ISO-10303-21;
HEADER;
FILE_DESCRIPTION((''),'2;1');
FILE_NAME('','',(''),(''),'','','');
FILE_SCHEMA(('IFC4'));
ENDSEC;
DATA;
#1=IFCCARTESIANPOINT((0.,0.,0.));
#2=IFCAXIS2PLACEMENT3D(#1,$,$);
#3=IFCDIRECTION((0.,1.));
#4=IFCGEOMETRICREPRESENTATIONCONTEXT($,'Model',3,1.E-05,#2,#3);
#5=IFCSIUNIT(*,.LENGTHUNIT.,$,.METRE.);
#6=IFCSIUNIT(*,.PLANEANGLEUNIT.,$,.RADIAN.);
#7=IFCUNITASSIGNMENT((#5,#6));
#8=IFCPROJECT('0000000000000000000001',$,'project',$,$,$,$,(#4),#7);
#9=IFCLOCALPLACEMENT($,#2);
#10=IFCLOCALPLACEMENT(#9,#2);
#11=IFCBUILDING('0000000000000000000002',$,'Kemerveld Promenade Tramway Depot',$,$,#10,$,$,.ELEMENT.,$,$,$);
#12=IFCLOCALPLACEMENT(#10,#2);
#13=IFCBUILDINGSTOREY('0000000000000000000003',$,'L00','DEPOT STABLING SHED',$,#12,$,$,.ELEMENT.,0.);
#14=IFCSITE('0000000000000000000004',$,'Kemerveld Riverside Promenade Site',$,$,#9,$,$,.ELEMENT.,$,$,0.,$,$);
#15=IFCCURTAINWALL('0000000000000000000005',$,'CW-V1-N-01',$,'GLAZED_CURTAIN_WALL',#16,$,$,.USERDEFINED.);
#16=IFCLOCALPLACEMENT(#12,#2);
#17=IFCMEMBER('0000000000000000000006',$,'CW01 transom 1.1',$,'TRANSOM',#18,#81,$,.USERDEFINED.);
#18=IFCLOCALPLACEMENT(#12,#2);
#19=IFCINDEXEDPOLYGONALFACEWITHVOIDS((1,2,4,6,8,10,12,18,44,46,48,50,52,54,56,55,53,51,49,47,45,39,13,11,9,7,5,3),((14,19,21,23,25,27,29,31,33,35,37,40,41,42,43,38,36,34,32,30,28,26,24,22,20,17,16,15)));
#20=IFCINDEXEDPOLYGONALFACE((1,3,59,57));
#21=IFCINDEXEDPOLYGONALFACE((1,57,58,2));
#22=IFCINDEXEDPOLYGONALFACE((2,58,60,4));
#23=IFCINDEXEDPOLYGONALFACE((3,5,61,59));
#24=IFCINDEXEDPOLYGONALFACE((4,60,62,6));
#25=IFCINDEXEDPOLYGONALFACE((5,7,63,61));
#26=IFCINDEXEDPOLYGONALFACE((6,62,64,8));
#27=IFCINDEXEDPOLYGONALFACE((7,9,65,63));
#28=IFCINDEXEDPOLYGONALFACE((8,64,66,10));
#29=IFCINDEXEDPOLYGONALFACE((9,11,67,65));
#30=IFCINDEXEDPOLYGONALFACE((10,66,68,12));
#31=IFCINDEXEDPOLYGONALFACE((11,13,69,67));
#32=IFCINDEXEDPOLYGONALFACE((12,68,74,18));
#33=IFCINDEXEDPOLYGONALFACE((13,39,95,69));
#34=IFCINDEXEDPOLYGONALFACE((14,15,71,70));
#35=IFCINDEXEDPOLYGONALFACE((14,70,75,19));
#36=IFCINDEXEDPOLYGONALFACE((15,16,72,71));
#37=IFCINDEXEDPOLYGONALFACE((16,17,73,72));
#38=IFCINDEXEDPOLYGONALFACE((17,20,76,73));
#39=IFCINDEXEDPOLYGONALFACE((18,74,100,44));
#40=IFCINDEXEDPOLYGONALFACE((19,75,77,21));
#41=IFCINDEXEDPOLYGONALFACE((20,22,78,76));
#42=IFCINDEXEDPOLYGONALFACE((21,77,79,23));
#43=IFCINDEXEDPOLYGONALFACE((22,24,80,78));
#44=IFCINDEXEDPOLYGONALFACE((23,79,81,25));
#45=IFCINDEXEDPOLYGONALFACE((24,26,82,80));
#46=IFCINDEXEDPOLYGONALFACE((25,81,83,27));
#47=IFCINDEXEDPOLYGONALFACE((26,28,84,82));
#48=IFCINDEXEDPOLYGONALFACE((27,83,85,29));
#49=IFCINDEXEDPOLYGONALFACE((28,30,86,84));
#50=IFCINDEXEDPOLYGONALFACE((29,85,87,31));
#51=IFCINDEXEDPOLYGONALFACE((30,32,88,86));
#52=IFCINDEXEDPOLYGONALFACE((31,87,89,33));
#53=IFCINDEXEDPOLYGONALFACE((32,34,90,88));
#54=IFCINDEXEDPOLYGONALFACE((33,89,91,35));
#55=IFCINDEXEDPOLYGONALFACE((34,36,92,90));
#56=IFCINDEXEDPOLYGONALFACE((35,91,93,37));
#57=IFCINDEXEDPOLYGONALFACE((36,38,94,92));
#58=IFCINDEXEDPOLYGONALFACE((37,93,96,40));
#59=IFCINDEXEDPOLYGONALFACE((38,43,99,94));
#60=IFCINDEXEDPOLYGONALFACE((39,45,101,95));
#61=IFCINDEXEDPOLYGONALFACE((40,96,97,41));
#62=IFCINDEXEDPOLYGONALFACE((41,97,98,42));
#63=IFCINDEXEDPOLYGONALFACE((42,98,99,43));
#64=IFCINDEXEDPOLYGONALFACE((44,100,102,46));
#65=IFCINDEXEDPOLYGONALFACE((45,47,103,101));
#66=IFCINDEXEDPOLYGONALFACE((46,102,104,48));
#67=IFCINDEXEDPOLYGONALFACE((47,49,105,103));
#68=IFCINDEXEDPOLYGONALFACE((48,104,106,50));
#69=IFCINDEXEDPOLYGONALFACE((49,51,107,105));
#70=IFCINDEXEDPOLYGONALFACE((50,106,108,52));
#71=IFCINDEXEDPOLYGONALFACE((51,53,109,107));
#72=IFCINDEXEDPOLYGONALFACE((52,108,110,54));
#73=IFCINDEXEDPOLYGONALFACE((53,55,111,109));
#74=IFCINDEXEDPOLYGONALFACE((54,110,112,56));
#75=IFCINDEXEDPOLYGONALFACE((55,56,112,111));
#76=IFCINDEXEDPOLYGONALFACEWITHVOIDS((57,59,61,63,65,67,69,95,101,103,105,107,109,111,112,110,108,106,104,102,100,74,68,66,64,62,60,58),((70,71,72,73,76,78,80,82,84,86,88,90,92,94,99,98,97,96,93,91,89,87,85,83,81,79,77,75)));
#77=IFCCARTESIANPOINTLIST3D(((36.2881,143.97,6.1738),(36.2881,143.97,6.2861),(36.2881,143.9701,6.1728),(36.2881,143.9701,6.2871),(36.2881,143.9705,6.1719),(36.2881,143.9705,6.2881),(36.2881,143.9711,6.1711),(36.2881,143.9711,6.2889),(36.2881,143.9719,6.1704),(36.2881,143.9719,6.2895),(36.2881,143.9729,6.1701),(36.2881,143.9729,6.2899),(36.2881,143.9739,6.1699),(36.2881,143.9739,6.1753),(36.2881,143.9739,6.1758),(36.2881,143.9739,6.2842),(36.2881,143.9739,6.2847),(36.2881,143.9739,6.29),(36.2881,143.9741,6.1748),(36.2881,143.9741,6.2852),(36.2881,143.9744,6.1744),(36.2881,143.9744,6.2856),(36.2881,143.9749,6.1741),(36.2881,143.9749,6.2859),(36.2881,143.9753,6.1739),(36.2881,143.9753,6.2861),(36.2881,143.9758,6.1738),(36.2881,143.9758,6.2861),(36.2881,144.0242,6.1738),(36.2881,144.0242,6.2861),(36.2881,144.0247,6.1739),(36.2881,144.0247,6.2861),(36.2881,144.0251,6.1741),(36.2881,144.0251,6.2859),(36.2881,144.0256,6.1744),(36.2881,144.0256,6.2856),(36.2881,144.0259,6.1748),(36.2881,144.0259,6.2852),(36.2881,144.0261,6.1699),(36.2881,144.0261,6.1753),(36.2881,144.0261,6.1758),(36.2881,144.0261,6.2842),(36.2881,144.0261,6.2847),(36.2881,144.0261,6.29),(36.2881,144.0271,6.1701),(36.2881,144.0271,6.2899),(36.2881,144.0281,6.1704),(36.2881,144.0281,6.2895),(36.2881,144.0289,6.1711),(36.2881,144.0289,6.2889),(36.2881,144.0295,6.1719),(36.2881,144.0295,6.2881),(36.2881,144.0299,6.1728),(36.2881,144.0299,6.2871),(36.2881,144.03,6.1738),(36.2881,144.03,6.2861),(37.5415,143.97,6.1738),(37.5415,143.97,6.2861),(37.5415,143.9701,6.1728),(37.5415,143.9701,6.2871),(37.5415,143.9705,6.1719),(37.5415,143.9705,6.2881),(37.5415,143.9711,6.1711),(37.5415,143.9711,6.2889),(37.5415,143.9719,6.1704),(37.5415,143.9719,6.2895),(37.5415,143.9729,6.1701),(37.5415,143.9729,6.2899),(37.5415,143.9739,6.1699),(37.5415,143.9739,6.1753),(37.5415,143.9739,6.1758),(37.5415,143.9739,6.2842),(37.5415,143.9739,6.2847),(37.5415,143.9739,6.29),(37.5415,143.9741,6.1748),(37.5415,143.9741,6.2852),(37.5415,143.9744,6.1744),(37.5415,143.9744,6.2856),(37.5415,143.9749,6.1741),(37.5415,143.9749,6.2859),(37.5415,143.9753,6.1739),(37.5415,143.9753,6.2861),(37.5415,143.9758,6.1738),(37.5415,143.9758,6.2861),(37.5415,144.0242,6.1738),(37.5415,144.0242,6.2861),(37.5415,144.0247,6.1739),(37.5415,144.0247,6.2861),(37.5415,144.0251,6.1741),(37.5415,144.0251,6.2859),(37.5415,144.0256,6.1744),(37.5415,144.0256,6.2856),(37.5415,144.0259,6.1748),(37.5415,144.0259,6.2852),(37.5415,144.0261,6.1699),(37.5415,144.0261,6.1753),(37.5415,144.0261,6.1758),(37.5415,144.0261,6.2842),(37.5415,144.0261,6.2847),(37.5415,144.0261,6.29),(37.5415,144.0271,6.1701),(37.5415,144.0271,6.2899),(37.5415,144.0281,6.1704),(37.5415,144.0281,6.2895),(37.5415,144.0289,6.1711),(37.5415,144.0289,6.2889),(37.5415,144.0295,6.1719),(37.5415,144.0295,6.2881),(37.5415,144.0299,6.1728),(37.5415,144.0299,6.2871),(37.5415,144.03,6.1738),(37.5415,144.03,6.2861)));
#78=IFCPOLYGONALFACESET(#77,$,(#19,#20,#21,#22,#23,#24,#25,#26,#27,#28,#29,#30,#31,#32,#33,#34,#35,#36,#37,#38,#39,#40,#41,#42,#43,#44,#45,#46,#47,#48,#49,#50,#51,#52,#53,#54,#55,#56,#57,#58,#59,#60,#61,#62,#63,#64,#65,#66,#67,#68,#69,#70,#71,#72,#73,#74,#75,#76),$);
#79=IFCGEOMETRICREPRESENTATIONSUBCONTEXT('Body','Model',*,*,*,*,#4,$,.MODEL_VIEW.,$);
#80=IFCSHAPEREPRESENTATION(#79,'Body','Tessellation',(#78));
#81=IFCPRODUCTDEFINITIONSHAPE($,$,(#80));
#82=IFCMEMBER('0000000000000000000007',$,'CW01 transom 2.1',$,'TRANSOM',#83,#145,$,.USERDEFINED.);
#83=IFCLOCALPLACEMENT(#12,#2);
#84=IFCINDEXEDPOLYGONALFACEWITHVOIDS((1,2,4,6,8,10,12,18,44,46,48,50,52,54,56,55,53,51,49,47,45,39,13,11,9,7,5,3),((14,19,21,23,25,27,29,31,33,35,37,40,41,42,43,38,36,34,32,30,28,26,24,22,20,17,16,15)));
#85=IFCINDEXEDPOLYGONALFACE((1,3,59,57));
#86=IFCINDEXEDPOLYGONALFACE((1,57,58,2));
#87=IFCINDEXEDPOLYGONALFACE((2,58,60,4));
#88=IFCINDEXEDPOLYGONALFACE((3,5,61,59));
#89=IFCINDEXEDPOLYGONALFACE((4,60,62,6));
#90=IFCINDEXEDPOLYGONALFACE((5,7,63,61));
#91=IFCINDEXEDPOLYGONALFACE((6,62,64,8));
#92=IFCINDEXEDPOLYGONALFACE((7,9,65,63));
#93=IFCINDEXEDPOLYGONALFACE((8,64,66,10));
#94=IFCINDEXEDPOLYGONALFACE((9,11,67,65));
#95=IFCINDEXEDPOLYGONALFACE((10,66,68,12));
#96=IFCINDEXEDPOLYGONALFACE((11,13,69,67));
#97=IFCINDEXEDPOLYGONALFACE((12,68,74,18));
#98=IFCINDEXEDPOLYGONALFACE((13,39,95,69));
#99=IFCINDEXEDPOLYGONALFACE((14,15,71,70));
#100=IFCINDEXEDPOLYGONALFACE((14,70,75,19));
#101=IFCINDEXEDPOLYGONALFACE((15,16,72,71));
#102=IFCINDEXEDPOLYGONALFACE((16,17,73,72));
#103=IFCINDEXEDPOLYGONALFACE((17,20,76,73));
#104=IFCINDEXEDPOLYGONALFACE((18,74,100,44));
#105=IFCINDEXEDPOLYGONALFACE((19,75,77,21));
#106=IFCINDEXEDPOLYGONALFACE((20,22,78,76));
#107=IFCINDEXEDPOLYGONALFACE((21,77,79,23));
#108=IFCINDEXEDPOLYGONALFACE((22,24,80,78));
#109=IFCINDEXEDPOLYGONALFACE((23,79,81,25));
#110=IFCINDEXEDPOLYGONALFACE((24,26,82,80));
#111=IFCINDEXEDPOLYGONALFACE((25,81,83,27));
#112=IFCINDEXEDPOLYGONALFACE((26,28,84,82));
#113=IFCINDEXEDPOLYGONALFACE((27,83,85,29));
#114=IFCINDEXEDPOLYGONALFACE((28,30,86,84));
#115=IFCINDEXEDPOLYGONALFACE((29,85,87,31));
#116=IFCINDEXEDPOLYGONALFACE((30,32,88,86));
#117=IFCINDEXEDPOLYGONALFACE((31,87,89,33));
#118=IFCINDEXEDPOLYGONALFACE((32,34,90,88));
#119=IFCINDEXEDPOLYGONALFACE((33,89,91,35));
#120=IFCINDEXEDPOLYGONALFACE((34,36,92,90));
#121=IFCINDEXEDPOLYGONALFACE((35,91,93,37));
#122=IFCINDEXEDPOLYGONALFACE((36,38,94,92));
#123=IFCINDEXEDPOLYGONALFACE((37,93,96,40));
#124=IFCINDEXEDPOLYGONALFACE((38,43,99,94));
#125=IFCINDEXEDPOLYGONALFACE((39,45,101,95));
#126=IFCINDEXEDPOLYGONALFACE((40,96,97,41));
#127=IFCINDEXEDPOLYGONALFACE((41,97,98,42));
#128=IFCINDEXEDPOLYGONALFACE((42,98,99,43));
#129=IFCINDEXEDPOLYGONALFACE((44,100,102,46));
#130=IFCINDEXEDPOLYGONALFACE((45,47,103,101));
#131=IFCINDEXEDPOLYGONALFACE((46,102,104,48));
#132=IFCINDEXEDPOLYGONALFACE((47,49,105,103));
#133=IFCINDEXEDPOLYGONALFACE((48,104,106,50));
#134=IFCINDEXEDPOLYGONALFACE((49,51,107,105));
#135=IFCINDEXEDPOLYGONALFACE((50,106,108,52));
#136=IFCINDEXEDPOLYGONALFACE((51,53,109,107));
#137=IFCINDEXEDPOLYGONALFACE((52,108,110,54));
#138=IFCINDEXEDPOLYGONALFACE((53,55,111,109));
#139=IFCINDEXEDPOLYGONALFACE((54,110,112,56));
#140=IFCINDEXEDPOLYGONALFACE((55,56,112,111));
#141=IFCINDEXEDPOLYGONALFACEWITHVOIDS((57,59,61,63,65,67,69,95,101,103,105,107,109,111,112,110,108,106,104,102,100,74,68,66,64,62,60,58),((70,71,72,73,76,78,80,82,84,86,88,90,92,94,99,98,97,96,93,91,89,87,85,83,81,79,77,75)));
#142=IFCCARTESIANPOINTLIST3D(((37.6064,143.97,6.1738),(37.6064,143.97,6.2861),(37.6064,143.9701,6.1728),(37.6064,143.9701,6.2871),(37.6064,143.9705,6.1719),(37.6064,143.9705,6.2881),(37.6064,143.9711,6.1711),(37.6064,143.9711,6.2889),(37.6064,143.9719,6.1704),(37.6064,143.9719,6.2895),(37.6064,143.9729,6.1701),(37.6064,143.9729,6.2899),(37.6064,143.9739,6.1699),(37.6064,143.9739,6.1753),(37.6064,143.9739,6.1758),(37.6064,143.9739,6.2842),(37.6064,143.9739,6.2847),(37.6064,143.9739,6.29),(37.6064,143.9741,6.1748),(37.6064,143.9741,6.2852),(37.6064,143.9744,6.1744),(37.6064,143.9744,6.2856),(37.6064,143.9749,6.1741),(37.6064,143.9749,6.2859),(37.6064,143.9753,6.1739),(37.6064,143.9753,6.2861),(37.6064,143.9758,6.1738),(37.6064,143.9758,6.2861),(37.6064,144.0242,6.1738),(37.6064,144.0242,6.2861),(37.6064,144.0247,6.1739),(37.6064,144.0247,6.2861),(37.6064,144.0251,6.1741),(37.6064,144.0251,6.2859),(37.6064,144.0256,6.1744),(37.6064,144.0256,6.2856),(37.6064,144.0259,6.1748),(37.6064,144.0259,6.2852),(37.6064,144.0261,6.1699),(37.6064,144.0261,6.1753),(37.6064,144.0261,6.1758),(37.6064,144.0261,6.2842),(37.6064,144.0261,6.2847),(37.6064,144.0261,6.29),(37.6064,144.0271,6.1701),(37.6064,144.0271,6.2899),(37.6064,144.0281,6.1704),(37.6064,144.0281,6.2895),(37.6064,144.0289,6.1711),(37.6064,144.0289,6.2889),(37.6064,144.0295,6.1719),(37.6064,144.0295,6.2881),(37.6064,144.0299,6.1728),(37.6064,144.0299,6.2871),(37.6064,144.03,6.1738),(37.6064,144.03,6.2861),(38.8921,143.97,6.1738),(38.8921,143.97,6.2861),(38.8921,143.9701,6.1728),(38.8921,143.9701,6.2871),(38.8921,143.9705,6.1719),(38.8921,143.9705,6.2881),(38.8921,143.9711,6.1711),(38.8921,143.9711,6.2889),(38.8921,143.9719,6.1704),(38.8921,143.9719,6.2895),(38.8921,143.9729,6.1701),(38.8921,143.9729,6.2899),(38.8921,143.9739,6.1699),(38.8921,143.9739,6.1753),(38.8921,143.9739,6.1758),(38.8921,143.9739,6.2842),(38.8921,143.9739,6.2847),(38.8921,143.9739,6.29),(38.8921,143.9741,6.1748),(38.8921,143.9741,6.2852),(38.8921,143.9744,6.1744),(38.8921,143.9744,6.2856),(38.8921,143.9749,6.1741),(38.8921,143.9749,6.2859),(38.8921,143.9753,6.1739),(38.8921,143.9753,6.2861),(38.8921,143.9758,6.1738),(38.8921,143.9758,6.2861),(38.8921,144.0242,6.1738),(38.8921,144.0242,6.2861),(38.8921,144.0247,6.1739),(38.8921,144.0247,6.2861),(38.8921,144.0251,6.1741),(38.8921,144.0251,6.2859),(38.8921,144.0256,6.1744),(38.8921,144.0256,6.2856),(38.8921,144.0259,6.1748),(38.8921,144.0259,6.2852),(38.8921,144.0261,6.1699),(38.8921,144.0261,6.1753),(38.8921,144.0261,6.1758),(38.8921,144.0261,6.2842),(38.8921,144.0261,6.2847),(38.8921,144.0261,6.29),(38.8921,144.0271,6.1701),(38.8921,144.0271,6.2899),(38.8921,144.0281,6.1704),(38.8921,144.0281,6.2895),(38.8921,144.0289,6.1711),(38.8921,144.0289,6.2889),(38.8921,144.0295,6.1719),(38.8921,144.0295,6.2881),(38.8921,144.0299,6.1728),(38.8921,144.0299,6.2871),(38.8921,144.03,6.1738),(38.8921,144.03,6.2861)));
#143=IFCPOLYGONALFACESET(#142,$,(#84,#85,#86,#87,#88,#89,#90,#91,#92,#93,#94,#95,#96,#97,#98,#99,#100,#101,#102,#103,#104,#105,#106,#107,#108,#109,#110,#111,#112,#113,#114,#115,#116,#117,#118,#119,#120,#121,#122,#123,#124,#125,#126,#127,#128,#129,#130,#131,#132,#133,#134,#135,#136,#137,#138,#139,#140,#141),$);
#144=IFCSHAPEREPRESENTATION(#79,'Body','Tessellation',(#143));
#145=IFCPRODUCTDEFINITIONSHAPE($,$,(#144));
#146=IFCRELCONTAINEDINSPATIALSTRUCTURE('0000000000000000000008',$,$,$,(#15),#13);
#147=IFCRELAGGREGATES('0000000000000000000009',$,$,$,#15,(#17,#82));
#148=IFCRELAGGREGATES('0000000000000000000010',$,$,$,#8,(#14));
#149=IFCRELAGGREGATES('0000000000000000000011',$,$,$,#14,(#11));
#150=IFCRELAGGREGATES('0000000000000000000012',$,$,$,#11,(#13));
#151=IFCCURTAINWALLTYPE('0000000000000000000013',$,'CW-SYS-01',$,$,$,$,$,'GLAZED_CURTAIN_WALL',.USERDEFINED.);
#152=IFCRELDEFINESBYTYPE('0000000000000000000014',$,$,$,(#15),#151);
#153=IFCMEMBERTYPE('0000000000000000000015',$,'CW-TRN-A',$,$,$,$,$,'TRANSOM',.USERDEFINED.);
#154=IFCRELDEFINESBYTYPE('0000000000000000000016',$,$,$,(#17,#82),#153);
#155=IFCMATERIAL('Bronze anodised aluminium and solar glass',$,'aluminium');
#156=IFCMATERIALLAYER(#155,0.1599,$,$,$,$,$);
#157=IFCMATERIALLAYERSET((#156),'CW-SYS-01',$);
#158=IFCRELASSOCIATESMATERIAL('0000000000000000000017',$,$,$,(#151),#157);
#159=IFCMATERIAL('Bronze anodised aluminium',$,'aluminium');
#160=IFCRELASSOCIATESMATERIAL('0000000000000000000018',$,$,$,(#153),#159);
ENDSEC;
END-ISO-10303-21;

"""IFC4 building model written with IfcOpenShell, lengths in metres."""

from ifc_helpers import new_model, si_unit, direction, frame, origin, origin_2d, place, context, subcontext, project, spatial, hollow_rectangle, extrude, material, layer, layer_set, material_profile, profile_set, type_object, element, aggregate, save


model = new_model("IFC4")

# Units and contexts
model_context = context("Model", 3, precision=1e-05, world=origin(), true_north=direction((0.0, 1.0)))
body_context = subcontext(model_context, "Body", "Model", "MODEL_VIEW")
ifc_project = project(units=[si_unit("LENGTHUNIT", "METRE"), si_unit("PLANEANGLEUNIT", "RADIAN")], contexts=[model_context])

# Site, building, storey
site_placement = place(None, origin())
site = spatial("IfcSite", under=ifc_project, at=site_placement, Name="Kemerveld Riverside Promenade Site", CompositionType="ELEMENT", RefElevation=0.0)
building_placement = place(site_placement, origin())
building = spatial("IfcBuilding", under=site, at=building_placement, Name="Kemerveld Promenade Tramway Depot", CompositionType="ELEMENT")
storey_placement = place(building_placement, origin())
storey = spatial("IfcBuildingStorey", under=building, at=storey_placement, Name="L00", Description="DEPOT STABLING SHED", CompositionType="ELEMENT", Elevation=0.0)

# Curtain wall
ifc_material_1 = material(Name="Bronze anodised aluminium and solar glass", Category="aluminium")
ifc_layer_1 = layer(ifc_material_1, 0.1599)
ifc_layer_set_1 = layer_set([ifc_layer_1], Name="CW-SYS-01")
curtain_wall_type_1 = type_object("IfcCurtainWallType", Name="CW-SYS-01", ElementType="GLAZED_CURTAIN_WALL", PredefinedType="USERDEFINED", material=ifc_layer_set_1)
curtain_wall_1_placement = place(storey_placement, origin())
curtain_wall_1 = element("IfcCurtainWall", 1, at=curtain_wall_1_placement, inside=storey, type_object=curtain_wall_type_1, Name="CW-V1-N-01", ObjectType="GLAZED_CURTAIN_WALL", PredefinedType="USERDEFINED")
ifc_material_2 = material(Name="Bronze anodised aluminium", Category="aluminium")

# Members
ifc_material_profile_1 = material_profile(ifc_material_2, hollow_rectangle(XDim=0.0601, YDim=0.1201, WallThickness=0.0039, InnerFilletRadius=0.002, OuterFilletRadius=0.0039, at=origin_2d()), Name="CW-TRN-120x60")
ifc_profile_set_1 = profile_set([ifc_material_profile_1], Name="Bronze anodised aluminium")
member_type_1 = type_object("IfcMemberType", Name="CW-TRN-A", ElementType="TRANSOM", PredefinedType="USERDEFINED", material=ifc_profile_set_1)
member_1_placement = place(storey_placement, frame((36.2881, 144.0, 6.23), z_axis=(1.0, 0.0, 0.0), x_axis=(0.0, 1.0, 0.0)))
member_1 = element("IfcMember", 2, at=member_1_placement, type_object=member_type_1, Name="CW01 transom 1.1", ObjectType="TRANSOM", PredefinedType="USERDEFINED", context=body_context, shape_type="SweptSolid", body=[
    extrude(hollow_rectangle(XDim=0.0601, YDim=0.1201, WallThickness=0.0039, InnerFilletRadius=0.002, OuterFilletRadius=0.0039, at=origin_2d()), origin(), (0.0, 0.0, 1.0), 1.2534),
])
member_2_placement = place(storey_placement, frame((37.6064, 144.0, 6.23), z_axis=(1.0, 0.0, 0.0), x_axis=(0.0, 1.0, 0.0)))
member_2 = element("IfcMember", 3, at=member_2_placement, type_object=member_type_1, Name="CW01 transom 2.1", ObjectType="TRANSOM", PredefinedType="USERDEFINED", context=body_context, shape_type="SweptSolid", body=[
    extrude(hollow_rectangle(XDim=0.0601, YDim=0.1201, WallThickness=0.0039, InnerFilletRadius=0.002, OuterFilletRadius=0.0039, at=origin_2d()), origin(), (0.0, 0.0, 1.0), 1.2856),
])

aggregate(curtain_wall_1, [member_1, member_2])

save(model, "model.ifc")
